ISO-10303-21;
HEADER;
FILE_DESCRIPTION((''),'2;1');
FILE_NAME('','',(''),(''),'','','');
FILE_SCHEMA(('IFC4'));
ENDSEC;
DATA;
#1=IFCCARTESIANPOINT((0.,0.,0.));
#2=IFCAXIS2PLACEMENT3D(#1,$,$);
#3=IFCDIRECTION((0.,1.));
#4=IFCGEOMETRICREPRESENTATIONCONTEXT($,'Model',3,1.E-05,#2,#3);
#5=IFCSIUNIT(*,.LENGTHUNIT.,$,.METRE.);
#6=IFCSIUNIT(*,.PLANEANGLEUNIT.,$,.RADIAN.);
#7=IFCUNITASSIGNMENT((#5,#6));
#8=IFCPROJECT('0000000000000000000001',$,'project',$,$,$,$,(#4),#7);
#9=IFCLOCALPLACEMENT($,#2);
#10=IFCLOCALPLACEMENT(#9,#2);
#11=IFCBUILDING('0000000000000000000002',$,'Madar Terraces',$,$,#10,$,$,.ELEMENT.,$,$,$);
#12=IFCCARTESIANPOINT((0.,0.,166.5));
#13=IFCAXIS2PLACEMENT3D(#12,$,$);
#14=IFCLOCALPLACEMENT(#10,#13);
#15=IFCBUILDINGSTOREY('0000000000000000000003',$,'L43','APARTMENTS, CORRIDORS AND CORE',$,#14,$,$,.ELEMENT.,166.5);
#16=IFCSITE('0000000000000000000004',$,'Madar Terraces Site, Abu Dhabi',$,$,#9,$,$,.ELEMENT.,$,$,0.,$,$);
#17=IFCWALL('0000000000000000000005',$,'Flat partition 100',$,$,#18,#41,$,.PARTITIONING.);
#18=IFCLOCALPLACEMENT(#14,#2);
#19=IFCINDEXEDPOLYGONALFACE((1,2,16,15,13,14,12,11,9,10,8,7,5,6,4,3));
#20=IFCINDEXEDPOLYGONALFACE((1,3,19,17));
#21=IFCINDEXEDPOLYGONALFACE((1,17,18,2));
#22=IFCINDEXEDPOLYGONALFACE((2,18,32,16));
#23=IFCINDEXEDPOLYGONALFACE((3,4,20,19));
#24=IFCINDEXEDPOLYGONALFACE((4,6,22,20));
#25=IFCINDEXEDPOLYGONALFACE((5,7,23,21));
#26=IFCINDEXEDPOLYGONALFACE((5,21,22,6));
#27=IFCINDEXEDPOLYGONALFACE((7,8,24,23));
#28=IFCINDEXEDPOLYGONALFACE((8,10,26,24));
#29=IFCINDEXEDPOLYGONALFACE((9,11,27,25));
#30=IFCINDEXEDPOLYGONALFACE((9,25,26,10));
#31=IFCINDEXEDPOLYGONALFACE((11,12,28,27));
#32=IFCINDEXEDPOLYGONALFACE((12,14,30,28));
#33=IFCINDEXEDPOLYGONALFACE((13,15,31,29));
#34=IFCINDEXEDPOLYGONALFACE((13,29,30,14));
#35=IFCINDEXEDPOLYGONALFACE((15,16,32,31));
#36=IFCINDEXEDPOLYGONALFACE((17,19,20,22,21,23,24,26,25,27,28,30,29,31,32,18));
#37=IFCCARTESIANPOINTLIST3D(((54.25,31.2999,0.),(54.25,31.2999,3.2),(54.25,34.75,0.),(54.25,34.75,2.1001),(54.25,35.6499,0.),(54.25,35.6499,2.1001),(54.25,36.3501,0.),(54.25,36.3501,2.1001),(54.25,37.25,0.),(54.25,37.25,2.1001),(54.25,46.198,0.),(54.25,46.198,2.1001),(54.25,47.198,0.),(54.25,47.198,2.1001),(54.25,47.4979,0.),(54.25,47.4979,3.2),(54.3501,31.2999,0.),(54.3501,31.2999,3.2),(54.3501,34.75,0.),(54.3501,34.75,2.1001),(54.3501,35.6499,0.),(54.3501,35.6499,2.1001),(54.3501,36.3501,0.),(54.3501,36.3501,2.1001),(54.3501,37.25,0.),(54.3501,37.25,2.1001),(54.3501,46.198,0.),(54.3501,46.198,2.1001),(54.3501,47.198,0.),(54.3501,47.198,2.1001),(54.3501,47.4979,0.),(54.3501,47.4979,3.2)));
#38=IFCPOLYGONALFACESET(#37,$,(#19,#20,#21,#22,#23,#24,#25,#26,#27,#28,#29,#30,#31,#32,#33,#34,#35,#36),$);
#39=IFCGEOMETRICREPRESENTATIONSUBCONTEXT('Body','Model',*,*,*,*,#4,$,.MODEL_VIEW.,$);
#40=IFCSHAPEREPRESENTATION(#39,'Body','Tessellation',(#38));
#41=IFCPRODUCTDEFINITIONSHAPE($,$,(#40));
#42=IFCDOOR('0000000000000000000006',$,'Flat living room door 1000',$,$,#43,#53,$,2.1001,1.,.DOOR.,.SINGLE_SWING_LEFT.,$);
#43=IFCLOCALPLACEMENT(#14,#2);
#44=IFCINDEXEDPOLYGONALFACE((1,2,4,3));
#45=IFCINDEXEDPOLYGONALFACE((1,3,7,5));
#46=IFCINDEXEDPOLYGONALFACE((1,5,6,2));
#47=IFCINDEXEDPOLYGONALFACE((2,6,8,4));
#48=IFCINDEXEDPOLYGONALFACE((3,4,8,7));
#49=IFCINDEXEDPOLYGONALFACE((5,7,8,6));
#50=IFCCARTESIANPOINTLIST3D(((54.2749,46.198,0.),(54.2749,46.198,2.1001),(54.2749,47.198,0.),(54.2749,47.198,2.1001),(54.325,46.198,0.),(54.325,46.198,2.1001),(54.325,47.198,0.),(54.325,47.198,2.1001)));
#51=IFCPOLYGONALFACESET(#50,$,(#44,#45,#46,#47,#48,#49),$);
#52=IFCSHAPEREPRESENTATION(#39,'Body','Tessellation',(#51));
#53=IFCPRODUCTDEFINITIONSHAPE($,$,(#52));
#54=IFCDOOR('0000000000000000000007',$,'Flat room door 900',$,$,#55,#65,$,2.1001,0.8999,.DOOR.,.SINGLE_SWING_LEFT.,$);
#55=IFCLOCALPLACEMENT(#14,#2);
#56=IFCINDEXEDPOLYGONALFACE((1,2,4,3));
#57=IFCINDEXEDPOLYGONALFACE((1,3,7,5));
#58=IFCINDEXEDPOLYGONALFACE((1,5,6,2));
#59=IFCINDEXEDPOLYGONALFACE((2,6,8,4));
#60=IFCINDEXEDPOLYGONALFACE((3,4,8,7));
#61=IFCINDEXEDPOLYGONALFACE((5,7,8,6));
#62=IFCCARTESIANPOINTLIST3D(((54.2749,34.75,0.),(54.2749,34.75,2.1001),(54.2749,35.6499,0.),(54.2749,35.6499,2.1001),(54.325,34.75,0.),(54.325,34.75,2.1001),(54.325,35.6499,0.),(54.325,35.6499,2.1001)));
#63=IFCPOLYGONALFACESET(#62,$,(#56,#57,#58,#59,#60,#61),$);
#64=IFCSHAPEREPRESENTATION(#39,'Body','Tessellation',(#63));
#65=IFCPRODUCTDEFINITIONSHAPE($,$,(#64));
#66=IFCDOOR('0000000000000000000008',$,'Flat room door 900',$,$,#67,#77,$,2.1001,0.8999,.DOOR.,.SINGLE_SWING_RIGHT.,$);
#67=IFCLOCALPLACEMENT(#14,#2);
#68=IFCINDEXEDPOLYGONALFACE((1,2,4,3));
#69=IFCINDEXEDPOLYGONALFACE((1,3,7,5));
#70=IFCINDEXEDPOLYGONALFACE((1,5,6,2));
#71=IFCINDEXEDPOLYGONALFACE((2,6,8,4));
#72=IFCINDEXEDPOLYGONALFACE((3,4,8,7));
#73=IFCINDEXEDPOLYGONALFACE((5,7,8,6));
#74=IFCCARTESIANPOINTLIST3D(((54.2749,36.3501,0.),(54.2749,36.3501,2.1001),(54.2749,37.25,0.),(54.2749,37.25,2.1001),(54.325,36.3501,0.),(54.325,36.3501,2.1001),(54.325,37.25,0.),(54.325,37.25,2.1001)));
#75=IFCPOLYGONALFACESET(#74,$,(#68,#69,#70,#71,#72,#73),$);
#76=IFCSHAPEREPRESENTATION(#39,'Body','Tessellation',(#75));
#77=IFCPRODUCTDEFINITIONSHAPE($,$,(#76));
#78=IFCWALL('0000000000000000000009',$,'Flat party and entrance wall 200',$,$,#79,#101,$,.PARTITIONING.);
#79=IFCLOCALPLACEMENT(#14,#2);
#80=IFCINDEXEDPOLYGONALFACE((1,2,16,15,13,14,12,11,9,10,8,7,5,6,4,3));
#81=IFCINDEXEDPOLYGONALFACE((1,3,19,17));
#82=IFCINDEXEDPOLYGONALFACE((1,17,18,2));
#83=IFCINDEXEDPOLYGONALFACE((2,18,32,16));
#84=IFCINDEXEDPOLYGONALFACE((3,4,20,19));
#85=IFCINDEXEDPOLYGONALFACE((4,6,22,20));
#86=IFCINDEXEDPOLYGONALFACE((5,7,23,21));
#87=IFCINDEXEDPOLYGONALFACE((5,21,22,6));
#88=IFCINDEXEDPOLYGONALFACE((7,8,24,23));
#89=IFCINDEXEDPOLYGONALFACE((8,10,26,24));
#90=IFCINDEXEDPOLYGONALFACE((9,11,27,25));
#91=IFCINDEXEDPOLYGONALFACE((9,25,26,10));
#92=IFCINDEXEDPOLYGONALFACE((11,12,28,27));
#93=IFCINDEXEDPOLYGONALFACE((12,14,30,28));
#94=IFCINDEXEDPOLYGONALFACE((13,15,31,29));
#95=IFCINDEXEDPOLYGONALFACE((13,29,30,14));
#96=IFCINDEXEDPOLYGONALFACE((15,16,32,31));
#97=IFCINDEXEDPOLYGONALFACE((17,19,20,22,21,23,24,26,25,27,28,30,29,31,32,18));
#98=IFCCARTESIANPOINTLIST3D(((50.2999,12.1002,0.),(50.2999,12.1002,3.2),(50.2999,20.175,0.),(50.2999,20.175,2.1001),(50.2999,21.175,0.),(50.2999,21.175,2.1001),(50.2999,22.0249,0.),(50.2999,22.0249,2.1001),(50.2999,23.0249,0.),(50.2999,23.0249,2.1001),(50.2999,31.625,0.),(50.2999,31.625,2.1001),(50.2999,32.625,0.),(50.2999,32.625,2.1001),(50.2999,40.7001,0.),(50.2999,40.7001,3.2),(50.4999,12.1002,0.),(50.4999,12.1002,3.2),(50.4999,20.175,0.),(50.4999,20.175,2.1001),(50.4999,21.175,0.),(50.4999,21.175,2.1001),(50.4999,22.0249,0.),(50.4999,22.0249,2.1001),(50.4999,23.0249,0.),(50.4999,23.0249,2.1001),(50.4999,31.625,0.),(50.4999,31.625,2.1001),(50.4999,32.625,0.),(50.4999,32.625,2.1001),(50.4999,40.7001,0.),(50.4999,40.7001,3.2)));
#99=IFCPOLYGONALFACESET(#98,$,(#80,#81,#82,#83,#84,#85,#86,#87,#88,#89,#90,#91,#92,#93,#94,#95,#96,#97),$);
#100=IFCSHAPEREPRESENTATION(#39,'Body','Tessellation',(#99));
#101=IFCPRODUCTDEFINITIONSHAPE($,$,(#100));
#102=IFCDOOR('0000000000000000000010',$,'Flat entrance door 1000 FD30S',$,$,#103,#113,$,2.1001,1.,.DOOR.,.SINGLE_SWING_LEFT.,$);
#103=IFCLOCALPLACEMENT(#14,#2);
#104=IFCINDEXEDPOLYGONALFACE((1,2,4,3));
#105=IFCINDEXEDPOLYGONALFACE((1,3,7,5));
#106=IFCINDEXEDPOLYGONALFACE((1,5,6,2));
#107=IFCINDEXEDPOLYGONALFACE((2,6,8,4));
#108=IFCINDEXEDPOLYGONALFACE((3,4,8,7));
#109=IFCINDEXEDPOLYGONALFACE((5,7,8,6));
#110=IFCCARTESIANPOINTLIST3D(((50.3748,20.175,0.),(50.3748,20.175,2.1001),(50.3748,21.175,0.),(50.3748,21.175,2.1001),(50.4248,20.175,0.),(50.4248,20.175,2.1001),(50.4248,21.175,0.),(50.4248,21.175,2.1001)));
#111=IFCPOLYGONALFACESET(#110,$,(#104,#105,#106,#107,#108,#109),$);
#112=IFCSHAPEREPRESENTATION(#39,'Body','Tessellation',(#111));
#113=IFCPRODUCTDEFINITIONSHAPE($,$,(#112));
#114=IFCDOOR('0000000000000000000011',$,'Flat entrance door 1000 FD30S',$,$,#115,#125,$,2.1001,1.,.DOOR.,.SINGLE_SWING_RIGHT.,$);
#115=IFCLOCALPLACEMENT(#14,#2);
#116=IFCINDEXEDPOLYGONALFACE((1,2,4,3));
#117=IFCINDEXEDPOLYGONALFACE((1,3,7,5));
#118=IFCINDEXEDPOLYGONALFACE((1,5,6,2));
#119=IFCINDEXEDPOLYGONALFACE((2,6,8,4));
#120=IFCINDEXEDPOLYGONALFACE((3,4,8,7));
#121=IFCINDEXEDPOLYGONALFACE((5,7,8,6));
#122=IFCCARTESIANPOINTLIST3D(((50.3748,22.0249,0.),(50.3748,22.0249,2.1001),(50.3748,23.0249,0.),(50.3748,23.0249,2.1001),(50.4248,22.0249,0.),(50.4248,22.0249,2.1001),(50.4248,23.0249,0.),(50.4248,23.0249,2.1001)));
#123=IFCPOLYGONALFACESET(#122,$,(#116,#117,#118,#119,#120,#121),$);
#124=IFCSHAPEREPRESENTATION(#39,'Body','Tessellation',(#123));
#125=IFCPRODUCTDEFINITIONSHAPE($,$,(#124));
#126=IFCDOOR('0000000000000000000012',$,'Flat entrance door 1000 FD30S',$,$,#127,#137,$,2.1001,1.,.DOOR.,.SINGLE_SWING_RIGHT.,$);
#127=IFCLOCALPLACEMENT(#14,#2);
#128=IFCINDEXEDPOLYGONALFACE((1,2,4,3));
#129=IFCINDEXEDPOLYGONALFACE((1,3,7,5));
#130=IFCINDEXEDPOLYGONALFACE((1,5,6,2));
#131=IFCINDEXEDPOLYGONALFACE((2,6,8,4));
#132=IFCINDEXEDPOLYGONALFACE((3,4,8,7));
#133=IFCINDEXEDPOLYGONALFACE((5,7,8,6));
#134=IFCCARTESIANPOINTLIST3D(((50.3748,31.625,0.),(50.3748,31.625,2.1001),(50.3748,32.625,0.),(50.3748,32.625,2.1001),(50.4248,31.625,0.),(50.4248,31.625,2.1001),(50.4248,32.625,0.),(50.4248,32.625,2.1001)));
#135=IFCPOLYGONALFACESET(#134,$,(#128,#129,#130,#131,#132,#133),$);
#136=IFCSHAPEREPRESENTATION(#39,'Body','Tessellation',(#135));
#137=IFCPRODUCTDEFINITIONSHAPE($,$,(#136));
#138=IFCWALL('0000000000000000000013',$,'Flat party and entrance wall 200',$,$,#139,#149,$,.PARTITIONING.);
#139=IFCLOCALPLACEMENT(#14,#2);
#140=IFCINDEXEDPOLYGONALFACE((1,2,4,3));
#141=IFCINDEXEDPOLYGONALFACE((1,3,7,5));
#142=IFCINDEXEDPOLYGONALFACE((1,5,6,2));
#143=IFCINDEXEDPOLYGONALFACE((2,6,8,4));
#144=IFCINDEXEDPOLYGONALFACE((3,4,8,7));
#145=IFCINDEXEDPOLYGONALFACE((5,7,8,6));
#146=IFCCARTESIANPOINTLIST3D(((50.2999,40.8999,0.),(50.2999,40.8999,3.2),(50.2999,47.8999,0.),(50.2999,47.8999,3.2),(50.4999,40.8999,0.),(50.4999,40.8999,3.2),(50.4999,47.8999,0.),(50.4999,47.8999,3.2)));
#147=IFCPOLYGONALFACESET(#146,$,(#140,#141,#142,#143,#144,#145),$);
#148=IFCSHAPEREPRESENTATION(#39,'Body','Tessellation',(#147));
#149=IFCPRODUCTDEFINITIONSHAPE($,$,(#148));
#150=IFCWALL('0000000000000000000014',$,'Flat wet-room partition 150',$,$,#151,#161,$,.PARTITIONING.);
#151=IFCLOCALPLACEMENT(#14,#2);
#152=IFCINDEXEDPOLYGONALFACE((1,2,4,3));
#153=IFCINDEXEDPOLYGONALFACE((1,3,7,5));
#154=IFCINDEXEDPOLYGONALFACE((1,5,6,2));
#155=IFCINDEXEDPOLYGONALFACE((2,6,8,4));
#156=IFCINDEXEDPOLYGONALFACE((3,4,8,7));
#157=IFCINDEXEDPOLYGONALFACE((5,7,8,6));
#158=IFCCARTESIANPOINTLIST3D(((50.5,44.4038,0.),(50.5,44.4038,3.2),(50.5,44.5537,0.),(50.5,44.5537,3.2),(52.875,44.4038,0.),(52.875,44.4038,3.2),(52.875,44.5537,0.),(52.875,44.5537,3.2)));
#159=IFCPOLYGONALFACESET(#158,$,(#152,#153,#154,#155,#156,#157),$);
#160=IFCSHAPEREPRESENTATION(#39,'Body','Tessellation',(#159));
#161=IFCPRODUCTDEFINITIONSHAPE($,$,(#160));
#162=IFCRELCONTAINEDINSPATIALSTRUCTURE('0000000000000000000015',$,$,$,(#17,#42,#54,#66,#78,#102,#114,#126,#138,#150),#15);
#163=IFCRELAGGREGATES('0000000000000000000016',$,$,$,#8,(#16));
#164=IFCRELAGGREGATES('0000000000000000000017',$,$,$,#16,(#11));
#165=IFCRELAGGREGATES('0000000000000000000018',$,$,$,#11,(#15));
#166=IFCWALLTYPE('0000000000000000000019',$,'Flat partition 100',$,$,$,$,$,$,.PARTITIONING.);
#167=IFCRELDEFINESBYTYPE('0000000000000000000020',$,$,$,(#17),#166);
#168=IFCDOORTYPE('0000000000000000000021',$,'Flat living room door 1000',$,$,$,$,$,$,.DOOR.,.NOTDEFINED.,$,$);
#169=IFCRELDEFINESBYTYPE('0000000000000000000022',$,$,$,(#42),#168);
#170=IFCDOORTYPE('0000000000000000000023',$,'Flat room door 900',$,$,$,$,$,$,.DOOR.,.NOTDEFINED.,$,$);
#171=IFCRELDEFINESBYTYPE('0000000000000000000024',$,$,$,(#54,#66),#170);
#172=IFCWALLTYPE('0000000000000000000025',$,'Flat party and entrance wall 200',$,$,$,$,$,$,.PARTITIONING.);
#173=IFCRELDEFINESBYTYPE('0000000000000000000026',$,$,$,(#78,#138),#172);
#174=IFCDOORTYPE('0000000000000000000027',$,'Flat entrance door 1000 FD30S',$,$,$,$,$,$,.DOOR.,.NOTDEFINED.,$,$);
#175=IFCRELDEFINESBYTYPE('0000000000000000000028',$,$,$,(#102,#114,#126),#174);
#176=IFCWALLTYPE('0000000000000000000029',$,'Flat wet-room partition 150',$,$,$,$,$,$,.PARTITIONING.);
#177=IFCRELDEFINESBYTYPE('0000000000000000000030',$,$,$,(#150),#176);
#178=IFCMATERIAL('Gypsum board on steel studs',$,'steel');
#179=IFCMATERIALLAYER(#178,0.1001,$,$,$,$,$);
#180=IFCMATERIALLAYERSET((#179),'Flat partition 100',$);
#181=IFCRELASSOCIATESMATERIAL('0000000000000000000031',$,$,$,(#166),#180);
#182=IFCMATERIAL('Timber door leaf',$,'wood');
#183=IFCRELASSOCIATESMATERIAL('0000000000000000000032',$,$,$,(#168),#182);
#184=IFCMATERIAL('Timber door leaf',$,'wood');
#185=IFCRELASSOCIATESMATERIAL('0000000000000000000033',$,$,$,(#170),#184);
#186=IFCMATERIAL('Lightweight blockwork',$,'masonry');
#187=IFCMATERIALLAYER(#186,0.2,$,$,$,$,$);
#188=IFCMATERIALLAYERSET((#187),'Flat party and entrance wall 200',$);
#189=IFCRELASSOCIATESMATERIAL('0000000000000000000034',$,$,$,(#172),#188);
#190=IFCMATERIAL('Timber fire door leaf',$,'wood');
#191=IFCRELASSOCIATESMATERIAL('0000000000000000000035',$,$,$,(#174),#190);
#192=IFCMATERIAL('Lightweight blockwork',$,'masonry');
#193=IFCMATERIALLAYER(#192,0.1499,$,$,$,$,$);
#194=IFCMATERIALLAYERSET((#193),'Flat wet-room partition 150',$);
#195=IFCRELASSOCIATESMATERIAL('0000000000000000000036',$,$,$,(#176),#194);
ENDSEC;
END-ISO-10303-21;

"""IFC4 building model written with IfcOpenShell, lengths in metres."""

from ifc_helpers import new_model, si_unit, direction, frame, frame_2d, origin, place, context, subcontext, project, spatial, rectangle, extrude, material, layer, layer_set, type_object, element, fill, save


model = new_model("IFC4")

# Units and contexts
model_context = context("Model", 3, precision=1e-05, world=origin(), true_north=direction((0.0, 1.0)))
body_context = subcontext(model_context, "Body", "Model", "MODEL_VIEW")
ifc_project = project(units=[si_unit("LENGTHUNIT", "METRE"), si_unit("PLANEANGLEUNIT", "RADIAN")], contexts=[model_context])

# Site, building, storey
site_placement = place(None, origin())
site = spatial("IfcSite", under=ifc_project, at=site_placement, Name="Madar Terraces Site, Abu Dhabi", CompositionType="ELEMENT", RefElevation=0.0)
building_placement = place(site_placement, origin())
building = spatial("IfcBuilding", under=site, at=building_placement, Name="Madar Terraces", CompositionType="ELEMENT")
storey_placement = place(building_placement, frame((0.0, 0.0, 166.5)))
storey = spatial("IfcBuildingStorey", under=building, at=storey_placement, Name="L43", Description="APARTMENTS, CORRIDORS AND CORE", CompositionType="ELEMENT", Elevation=166.5)

# Shared definitions
ifc_material_1 = material(Name="Gypsum board on steel studs", Category="steel")
ifc_layer_1 = layer(ifc_material_1, 0.1001)
ifc_layer_set_1 = layer_set([ifc_layer_1], Name="Flat partition 100")
wall_type_1 = type_object("IfcWallType", Name="Flat partition 100", PredefinedType="PARTITIONING", material=ifc_layer_set_1)

# Walls, openings, doors
wall_1_placement = place(storey_placement, frame((54.3, 47.498, 0.0), z_axis=(0.0, 0.0, 1.0), x_axis=(0.0, -1.0, 0.0)))
wall_1 = element("IfcWall", 1, at=wall_1_placement, inside=storey, type_object=wall_type_1, Name="Flat partition 100", PredefinedType="PARTITIONING", context=body_context, shape_type="SweptSolid", body=[
    extrude(rectangle(XDim=16.198, YDim=0.1001, at=frame_2d((8.0991, 0.0))), origin(), (0.0, 0.0, 1.0), 3.2),
])
opening_1_placement = place(wall_1_placement, frame((11.8481, 0.0, 0.0)))
opening_1 = element("IfcOpeningElement", 2, at=opening_1_placement, cuts=wall_1, PredefinedType="OPENING", context=body_context, shape_type="SweptSolid", body=[
    extrude(rectangle(XDim=0.8999, YDim=2.1001, at=frame_2d((0.45, 1.05))), frame((0.0, 0.0601, 0.0), z_axis=(0.0, -1.0, 0.0), x_axis=(1.0, 0.0, 0.0)), (0.0, 0.0, 1.0), 0.1201),
])
opening_2_placement = place(wall_1_placement, frame((10.248, 0.0, 0.0)))
opening_2 = element("IfcOpeningElement", 3, at=opening_2_placement, cuts=wall_1, PredefinedType="OPENING", context=body_context, shape_type="SweptSolid", body=[
    extrude(rectangle(XDim=0.8999, YDim=2.1001, at=frame_2d((0.45, 1.05))), frame((0.0, 0.0601, 0.0), z_axis=(0.0, -1.0, 0.0), x_axis=(1.0, 0.0, 0.0)), (0.0, 0.0, 1.0), 0.1201),
])
opening_3_placement = place(wall_1_placement, frame((0.3, 0.0, 0.0)))
opening_3 = element("IfcOpeningElement", 4, at=opening_3_placement, cuts=wall_1, PredefinedType="OPENING", context=body_context, shape_type="SweptSolid", body=[
    extrude(rectangle(XDim=1.0, YDim=2.1001, at=frame_2d((0.5, 1.05))), frame((0.0, 0.0601, 0.0), z_axis=(0.0, -1.0, 0.0), x_axis=(1.0, 0.0, 0.0)), (0.0, 0.0, 1.0), 0.1201),
])
ifc_material_2 = material(Name="Timber door leaf", Category="wood")
door_type_1 = type_object("IfcDoorType", Name="Flat living room door 1000", OperationType="NOTDEFINED", PredefinedType="DOOR", material=ifc_material_2)
door_1_placement = place(opening_3_placement, origin())
door_1 = element("IfcDoor", 5, at=door_1_placement, inside=storey, type_object=door_type_1, Name="Flat living room door 1000", OperationType="SINGLE_SWING_LEFT", OverallHeight=2.1001, OverallWidth=1.0, PredefinedType="DOOR", context=body_context, shape_type="SweptSolid", body=[
    extrude(rectangle(XDim=1.0, YDim=2.1001, at=frame_2d((0.5, 1.05))), frame((0.0, 0.0249, 0.0), z_axis=(0.0, -1.0, 0.0), x_axis=(1.0, 0.0, 0.0)), (0.0, 0.0, 1.0), 0.05),
])
fill(opening_3, door_1)
ifc_material_3 = material(Name="Timber door leaf", Category="wood")
door_type_2 = type_object("IfcDoorType", Name="Flat room door 900", OperationType="NOTDEFINED", PredefinedType="DOOR", material=ifc_material_3)
door_2_placement = place(opening_1_placement, origin())
door_2 = element("IfcDoor", 6, at=door_2_placement, inside=storey, type_object=door_type_2, Name="Flat room door 900", OperationType="SINGLE_SWING_LEFT", OverallHeight=2.1001, OverallWidth=0.8999, PredefinedType="DOOR", context=body_context, shape_type="SweptSolid", body=[
    extrude(rectangle(XDim=0.8999, YDim=2.1001, at=frame_2d((0.45, 1.05))), frame((0.0, 0.0249, 0.0), z_axis=(0.0, -1.0, 0.0), x_axis=(1.0, 0.0, 0.0)), (0.0, 0.0, 1.0), 0.05),
])
fill(opening_1, door_2)
door_3_placement = place(opening_2_placement, origin())
door_3 = element("IfcDoor", 7, at=door_3_placement, inside=storey, type_object=door_type_2, Name="Flat room door 900", OperationType="SINGLE_SWING_RIGHT", OverallHeight=2.1001, OverallWidth=0.8999, PredefinedType="DOOR", context=body_context, shape_type="SweptSolid", body=[
    extrude(rectangle(XDim=0.8999, YDim=2.1001, at=frame_2d((0.45, 1.05))), frame((0.0, 0.0249, 0.0), z_axis=(0.0, -1.0, 0.0), x_axis=(1.0, 0.0, 0.0)), (0.0, 0.0, 1.0), 0.05),
])
fill(opening_2, door_3)
ifc_material_4 = material(Name="Lightweight blockwork", Category="masonry")
ifc_layer_2 = layer(ifc_material_4, 0.2)
ifc_layer_set_2 = layer_set([ifc_layer_2], Name="Flat party and entrance wall 200")
wall_type_2 = type_object("IfcWallType", Name="Flat party and entrance wall 200", PredefinedType="PARTITIONING", material=ifc_layer_set_2)
wall_2_placement = place(storey_placement, frame((50.3999, 40.7, 0.0), z_axis=(0.0, 0.0, 1.0), x_axis=(0.0, -1.0, 0.0)))
wall_2 = element("IfcWall", 8, at=wall_2_placement, inside=storey, type_object=wall_type_2, Name="Flat party and entrance wall 200", PredefinedType="PARTITIONING", context=body_context, shape_type="SweptSolid", body=[
    extrude(rectangle(XDim=28.5999, YDim=0.2, at=frame_2d((14.2998, 0.0))), origin(), (0.0, 0.0, 1.0), 3.2),
])
opening_4_placement = place(wall_2_placement, frame((19.5249, 0.0, 0.0)))
opening_4 = element("IfcOpeningElement", 9, at=opening_4_placement, cuts=wall_2, PredefinedType="OPENING", context=body_context, shape_type="SweptSolid", body=[
    extrude(rectangle(XDim=1.0, YDim=2.1001, at=frame_2d((0.5, 1.05))), frame((0.0, 0.1099, 0.0), z_axis=(0.0, -1.0, 0.0), x_axis=(1.0, 0.0, 0.0)), (0.0, 0.0, 1.0), 0.22),
])
opening_5_placement = place(wall_2_placement, frame((17.675, 0.0, 0.0)))
opening_5 = element("IfcOpeningElement", 10, at=opening_5_placement, cuts=wall_2, PredefinedType="OPENING", context=body_context, shape_type="SweptSolid", body=[
    extrude(rectangle(XDim=1.0, YDim=2.1001, at=frame_2d((0.5, 1.05))), frame((0.0, 0.1099, 0.0), z_axis=(0.0, -1.0, 0.0), x_axis=(1.0, 0.0, 0.0)), (0.0, 0.0, 1.0), 0.22),
])
opening_6_placement = place(wall_2_placement, frame((8.075, 0.0, 0.0)))
opening_6 = element("IfcOpeningElement", 11, at=opening_6_placement, cuts=wall_2, PredefinedType="OPENING", context=body_context, shape_type="SweptSolid", body=[
    extrude(rectangle(XDim=1.0, YDim=2.1001, at=frame_2d((0.5, 1.05))), frame((0.0, 0.1099, 0.0), z_axis=(0.0, -1.0, 0.0), x_axis=(1.0, 0.0, 0.0)), (0.0, 0.0, 1.0), 0.22),
])
ifc_material_5 = material(Name="Timber fire door leaf", Category="wood")
door_type_3 = type_object("IfcDoorType", Name="Flat entrance door 1000 FD30S", OperationType="NOTDEFINED", PredefinedType="DOOR", material=ifc_material_5)
door_4_placement = place(opening_4_placement, origin())
door_4 = element("IfcDoor", 12, at=door_4_placement, inside=storey, type_object=door_type_3, Name="Flat entrance door 1000 FD30S", OperationType="SINGLE_SWING_LEFT", OverallHeight=2.1001, OverallWidth=1.0, PredefinedType="DOOR", context=body_context, shape_type="SweptSolid", body=[
    extrude(rectangle(XDim=1.0, YDim=2.1001, at=frame_2d((0.5, 1.05))), frame((0.0, 0.0249, 0.0), z_axis=(0.0, -1.0, 0.0), x_axis=(1.0, 0.0, 0.0)), (0.0, 0.0, 1.0), 0.05),
])
fill(opening_4, door_4)
door_5_placement = place(opening_5_placement, origin())
door_5 = element("IfcDoor", 13, at=door_5_placement, inside=storey, type_object=door_type_3, Name="Flat entrance door 1000 FD30S", OperationType="SINGLE_SWING_RIGHT", OverallHeight=2.1001, OverallWidth=1.0, PredefinedType="DOOR", context=body_context, shape_type="SweptSolid", body=[
    extrude(rectangle(XDim=1.0, YDim=2.1001, at=frame_2d((0.5, 1.05))), frame((0.0, 0.0249, 0.0), z_axis=(0.0, -1.0, 0.0), x_axis=(1.0, 0.0, 0.0)), (0.0, 0.0, 1.0), 0.05),
])
fill(opening_5, door_5)
door_6_placement = place(opening_6_placement, origin())
door_6 = element("IfcDoor", 14, at=door_6_placement, inside=storey, type_object=door_type_3, Name="Flat entrance door 1000 FD30S", OperationType="SINGLE_SWING_RIGHT", OverallHeight=2.1001, OverallWidth=1.0, PredefinedType="DOOR", context=body_context, shape_type="SweptSolid", body=[
    extrude(rectangle(XDim=1.0, YDim=2.1001, at=frame_2d((0.5, 1.05))), frame((0.0, 0.0249, 0.0), z_axis=(0.0, -1.0, 0.0), x_axis=(1.0, 0.0, 0.0)), (0.0, 0.0, 1.0), 0.05),
])
fill(opening_6, door_6)

# Walls
wall_3_placement = place(storey_placement, frame((50.3999, 40.8999, 0.0), z_axis=(0.0, 0.0, 1.0), x_axis=(0.0, 1.0, 0.0)))
element("IfcWall", 15, at=wall_3_placement, inside=storey, type_object=wall_type_2, Name="Flat party and entrance wall 200", PredefinedType="PARTITIONING", context=body_context, shape_type="SweptSolid", body=[
    extrude(rectangle(XDim=7.0, YDim=0.2, at=frame_2d((3.5, 0.0))), origin(), (0.0, 0.0, 1.0), 3.2),
])
ifc_material_6 = material(Name="Lightweight blockwork", Category="masonry")
ifc_layer_3 = layer(ifc_material_6, 0.1499)
ifc_layer_set_3 = layer_set([ifc_layer_3], Name="Flat wet-room partition 150")
wall_type_3 = type_object("IfcWallType", Name="Flat wet-room partition 150", PredefinedType="PARTITIONING", material=ifc_layer_set_3)
wall_4_placement = place(storey_placement, frame((50.5, 44.4788, 0.0), z_axis=(0.0, 0.0, 1.0), x_axis=(1.0, 0.0, 0.0)))
element("IfcWall", 16, at=wall_4_placement, inside=storey, type_object=wall_type_3, Name="Flat wet-room partition 150", PredefinedType="PARTITIONING", context=body_context, shape_type="SweptSolid", body=[
    extrude(rectangle(XDim=2.375, YDim=0.1499, at=frame_2d((1.1875, 0.0))), origin(), (0.0, 0.0, 1.0), 3.2),
])

save(model, "model.ifc")
